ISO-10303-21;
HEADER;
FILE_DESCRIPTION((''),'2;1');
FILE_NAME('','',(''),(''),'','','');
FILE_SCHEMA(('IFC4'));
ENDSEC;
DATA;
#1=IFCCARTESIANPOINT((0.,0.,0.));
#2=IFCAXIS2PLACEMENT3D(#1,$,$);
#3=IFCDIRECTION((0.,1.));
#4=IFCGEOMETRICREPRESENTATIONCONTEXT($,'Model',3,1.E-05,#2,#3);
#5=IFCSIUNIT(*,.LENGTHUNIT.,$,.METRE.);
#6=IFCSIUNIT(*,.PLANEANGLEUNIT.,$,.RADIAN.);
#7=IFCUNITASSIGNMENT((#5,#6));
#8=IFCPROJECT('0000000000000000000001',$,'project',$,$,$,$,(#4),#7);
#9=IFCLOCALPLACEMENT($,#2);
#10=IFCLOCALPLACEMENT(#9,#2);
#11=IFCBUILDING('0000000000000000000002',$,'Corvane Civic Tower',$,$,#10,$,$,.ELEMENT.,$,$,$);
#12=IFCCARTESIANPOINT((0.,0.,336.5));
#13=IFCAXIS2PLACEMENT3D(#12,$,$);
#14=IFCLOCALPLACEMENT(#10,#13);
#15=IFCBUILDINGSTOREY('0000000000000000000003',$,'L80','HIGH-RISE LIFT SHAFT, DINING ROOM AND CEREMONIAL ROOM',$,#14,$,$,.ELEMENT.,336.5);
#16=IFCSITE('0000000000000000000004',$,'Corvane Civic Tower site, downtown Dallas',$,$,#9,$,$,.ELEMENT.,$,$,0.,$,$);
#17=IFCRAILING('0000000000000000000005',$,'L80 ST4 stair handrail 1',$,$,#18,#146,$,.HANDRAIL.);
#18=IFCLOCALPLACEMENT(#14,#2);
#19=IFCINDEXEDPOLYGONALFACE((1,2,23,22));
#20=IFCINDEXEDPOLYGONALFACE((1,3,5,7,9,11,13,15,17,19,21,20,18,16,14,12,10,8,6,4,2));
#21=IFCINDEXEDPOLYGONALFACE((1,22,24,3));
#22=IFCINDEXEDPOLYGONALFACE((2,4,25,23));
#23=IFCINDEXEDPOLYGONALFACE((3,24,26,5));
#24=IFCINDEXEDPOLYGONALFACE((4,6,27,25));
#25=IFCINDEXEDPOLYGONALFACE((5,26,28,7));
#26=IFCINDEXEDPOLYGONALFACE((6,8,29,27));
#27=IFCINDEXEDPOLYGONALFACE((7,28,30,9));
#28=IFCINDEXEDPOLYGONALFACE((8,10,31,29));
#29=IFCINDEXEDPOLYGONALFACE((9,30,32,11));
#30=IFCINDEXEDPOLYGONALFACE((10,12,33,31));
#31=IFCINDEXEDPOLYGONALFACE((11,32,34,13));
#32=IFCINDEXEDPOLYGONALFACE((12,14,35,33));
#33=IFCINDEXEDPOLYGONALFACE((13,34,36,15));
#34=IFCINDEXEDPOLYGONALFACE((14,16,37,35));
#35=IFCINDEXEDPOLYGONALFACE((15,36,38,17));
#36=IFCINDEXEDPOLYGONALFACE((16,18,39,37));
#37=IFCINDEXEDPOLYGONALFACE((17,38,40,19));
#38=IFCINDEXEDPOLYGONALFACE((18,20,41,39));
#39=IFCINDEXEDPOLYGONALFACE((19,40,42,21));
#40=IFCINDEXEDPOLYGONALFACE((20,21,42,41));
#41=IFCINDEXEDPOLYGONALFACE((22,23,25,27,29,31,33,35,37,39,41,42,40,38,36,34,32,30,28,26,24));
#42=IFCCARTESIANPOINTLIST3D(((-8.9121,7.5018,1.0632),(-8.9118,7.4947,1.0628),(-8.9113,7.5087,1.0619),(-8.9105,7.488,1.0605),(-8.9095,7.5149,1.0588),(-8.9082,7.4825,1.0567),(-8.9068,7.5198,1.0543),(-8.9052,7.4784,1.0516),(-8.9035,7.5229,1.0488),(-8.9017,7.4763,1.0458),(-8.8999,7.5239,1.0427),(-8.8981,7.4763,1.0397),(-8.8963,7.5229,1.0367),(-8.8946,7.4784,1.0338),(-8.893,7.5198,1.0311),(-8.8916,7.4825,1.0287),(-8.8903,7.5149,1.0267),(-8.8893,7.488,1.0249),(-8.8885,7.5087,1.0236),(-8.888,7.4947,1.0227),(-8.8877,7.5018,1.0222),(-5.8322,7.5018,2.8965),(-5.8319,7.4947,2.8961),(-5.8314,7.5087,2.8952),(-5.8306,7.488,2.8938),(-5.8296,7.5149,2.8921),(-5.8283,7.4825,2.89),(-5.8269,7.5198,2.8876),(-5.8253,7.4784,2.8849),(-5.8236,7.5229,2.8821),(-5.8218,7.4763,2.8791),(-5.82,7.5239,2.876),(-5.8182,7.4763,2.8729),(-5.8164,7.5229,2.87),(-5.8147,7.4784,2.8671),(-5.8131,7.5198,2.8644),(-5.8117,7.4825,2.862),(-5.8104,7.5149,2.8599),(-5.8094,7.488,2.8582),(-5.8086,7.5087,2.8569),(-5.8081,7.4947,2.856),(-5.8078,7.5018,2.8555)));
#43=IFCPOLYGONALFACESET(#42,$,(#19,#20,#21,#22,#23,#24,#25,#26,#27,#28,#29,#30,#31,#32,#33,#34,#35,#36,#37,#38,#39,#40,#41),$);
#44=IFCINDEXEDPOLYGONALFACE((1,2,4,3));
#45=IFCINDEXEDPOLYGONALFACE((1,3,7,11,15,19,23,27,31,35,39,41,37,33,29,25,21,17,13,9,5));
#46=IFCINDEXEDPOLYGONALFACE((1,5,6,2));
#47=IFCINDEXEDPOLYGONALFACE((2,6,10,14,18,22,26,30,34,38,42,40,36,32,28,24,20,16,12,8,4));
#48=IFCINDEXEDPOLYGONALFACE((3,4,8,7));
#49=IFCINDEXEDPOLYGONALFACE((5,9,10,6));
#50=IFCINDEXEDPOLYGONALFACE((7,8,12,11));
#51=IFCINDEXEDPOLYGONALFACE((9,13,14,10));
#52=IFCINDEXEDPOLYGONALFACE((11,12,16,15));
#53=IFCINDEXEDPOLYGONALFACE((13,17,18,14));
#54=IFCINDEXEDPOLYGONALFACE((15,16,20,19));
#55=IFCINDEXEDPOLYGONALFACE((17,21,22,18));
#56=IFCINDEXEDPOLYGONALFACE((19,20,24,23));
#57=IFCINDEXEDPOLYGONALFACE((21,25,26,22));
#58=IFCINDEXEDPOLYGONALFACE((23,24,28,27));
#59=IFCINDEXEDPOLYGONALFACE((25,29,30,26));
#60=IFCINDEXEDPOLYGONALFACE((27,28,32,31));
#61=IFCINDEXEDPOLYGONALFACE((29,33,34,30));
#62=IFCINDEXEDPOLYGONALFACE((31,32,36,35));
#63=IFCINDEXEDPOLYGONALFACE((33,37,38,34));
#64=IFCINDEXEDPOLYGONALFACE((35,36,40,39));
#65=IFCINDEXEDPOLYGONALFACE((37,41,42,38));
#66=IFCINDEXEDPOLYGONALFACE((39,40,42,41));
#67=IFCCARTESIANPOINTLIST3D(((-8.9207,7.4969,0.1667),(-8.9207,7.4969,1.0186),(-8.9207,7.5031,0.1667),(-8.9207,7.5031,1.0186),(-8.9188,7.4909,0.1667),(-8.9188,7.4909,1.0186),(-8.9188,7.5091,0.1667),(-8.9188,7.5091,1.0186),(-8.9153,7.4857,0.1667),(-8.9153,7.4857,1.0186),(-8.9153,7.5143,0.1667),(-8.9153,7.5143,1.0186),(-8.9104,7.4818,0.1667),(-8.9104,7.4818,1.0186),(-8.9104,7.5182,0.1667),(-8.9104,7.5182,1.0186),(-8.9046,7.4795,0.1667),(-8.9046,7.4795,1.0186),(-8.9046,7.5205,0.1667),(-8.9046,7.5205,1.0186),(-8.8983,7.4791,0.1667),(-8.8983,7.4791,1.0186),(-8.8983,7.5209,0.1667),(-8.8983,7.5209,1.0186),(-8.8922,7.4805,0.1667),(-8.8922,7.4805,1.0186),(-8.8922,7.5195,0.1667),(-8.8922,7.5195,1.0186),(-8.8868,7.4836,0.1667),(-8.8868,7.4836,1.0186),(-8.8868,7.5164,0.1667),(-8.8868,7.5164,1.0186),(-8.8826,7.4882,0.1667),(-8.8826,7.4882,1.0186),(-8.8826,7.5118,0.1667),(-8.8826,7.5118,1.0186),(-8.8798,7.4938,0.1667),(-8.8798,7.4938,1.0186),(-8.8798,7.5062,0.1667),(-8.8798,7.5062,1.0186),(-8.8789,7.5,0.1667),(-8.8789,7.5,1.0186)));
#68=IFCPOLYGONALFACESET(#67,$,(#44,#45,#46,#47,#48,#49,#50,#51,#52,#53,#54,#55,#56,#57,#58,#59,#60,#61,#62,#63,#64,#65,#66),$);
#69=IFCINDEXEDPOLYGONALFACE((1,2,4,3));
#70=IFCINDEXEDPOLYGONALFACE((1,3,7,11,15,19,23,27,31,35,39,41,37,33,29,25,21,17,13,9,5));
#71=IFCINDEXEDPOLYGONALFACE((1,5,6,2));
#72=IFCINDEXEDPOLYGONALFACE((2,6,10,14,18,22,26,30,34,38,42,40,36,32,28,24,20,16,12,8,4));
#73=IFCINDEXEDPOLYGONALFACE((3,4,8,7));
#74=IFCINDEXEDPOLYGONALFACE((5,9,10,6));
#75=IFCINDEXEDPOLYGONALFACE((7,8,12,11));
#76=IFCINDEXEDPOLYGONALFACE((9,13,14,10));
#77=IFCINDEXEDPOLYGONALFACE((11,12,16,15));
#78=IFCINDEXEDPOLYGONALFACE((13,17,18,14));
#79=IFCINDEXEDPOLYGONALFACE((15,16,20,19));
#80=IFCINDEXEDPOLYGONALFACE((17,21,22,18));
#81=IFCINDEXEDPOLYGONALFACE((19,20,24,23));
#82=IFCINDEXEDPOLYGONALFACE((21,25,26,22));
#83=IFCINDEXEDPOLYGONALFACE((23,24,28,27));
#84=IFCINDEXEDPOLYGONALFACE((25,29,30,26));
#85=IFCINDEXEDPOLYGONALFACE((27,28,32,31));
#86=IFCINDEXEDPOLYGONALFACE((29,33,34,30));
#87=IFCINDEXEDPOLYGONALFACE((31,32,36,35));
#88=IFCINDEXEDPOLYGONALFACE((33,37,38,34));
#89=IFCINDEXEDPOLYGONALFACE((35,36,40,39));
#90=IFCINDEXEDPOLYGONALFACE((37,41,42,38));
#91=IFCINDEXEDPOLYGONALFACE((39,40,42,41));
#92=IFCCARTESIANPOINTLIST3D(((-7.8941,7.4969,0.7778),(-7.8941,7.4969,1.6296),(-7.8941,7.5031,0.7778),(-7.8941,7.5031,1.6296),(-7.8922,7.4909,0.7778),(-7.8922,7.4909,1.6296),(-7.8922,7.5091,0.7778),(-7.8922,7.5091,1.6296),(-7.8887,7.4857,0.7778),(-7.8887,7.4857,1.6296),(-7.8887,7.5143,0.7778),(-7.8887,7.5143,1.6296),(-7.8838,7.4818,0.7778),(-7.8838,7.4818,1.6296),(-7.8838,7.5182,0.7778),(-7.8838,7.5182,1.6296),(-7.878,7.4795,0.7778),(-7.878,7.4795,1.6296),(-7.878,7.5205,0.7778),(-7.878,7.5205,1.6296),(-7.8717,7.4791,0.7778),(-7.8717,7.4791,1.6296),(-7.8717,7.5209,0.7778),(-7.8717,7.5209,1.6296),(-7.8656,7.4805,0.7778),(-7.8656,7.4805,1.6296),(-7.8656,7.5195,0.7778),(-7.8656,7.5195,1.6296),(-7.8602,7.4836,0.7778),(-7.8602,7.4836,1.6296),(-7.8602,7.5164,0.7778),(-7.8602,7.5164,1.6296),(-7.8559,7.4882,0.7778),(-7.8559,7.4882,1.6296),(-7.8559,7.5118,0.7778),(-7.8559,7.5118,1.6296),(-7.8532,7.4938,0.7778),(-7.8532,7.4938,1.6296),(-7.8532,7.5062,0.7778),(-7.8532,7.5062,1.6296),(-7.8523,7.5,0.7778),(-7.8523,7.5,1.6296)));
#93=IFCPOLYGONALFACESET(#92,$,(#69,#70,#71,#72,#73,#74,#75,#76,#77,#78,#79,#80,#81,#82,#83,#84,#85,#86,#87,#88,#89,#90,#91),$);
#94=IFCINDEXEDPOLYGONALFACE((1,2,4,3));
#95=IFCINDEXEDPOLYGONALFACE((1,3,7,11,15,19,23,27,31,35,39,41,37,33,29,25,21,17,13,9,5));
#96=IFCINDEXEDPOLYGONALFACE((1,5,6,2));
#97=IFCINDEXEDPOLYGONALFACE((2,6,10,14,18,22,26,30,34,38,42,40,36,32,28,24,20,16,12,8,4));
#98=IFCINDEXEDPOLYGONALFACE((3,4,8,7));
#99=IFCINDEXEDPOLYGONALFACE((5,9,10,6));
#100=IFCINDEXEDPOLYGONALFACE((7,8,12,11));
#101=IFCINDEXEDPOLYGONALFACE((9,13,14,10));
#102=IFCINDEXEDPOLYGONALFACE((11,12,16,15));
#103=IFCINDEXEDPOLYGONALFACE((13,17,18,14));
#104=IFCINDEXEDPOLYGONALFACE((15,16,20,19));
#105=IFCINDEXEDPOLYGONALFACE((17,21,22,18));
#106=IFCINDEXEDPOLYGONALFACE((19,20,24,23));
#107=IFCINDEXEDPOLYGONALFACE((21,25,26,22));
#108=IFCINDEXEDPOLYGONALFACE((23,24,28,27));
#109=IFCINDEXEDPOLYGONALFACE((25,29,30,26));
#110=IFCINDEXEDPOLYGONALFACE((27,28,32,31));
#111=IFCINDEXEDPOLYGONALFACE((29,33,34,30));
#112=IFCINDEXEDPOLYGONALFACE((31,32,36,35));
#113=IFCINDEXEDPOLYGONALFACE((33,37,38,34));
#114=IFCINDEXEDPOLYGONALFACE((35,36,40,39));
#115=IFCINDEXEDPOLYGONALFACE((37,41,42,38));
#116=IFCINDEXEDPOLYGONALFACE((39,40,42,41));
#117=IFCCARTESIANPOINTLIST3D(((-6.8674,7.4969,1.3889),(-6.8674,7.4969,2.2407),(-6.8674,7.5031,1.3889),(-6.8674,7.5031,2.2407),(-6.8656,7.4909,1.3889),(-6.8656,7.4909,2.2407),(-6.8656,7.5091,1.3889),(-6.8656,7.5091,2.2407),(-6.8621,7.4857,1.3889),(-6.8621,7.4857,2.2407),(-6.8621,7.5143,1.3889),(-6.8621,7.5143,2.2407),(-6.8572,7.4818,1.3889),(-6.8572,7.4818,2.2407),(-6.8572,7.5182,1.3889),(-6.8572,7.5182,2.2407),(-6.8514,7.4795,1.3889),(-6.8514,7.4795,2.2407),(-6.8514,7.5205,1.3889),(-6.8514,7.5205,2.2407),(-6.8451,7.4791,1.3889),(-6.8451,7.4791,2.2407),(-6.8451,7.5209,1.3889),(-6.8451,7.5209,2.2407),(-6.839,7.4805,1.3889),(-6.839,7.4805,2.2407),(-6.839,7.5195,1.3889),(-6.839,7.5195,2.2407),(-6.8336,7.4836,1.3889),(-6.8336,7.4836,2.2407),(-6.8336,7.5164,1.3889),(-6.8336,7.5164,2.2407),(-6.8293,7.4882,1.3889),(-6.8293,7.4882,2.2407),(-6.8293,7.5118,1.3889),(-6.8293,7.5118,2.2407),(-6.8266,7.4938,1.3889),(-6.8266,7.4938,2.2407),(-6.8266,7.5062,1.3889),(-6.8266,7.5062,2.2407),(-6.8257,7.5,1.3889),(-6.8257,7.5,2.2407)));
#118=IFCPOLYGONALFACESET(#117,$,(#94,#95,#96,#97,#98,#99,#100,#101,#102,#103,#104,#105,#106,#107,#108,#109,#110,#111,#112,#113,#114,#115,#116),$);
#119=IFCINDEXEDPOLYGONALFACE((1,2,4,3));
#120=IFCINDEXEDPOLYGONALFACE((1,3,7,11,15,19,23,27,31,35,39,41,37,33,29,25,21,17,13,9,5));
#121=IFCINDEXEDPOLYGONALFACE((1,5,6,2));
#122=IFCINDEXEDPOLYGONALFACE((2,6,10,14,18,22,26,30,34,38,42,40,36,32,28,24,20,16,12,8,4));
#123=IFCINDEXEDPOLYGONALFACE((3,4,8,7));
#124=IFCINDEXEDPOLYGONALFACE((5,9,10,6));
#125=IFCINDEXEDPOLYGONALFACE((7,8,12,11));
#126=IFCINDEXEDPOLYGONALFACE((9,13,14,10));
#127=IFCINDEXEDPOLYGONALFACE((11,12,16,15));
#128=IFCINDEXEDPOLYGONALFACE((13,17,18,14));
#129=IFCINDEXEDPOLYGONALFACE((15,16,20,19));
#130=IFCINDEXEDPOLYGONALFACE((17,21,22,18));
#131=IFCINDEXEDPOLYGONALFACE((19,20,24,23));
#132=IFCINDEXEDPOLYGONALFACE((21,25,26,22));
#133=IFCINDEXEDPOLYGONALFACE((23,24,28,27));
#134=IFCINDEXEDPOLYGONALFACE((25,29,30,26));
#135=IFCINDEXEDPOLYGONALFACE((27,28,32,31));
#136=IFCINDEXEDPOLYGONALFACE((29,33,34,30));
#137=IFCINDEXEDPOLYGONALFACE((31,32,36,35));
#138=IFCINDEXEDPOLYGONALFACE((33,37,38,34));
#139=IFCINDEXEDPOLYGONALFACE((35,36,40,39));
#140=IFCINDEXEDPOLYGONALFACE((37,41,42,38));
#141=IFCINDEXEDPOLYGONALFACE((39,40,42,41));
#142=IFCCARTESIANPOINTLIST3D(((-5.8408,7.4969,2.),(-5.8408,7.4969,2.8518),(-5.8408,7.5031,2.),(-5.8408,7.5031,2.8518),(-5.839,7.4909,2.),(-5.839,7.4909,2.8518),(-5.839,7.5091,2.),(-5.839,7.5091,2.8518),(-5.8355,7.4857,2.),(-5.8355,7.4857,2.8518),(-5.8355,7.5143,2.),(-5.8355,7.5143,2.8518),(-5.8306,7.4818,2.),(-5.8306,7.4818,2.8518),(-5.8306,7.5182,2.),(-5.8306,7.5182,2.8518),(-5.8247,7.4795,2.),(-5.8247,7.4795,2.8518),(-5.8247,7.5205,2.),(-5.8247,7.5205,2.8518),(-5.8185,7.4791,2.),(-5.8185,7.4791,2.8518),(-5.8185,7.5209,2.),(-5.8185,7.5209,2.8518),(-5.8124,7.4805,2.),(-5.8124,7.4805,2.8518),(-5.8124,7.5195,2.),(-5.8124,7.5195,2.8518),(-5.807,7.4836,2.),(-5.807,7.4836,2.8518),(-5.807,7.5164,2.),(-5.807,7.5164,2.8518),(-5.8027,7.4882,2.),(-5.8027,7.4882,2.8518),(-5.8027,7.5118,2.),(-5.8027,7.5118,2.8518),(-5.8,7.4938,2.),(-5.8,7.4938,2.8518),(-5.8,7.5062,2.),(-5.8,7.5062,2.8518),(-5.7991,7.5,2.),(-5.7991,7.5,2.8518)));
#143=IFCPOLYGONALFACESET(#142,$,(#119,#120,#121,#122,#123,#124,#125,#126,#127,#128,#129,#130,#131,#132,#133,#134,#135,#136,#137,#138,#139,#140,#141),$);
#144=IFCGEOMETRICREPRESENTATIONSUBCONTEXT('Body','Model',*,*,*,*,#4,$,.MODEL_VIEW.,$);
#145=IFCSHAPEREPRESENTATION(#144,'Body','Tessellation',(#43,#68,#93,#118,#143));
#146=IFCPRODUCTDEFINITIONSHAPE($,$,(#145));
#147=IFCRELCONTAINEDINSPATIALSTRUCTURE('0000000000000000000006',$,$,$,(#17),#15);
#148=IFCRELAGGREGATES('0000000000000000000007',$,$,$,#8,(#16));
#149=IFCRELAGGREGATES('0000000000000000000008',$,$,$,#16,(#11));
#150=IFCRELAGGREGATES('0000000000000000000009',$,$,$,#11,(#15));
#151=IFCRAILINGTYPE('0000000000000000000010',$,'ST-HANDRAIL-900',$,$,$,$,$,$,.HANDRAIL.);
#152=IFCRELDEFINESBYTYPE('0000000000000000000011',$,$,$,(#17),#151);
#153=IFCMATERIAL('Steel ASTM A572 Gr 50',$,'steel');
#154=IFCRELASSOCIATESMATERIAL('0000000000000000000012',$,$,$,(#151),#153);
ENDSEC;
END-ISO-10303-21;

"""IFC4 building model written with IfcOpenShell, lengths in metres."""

from ifc_helpers import new_model, si_unit, direction, frame, origin, origin_2d, place, context, subcontext, project, spatial, circle, extrude, material, type_object, element, save


model = new_model("IFC4")

# Units and contexts
model_context = context("Model", 3, precision=1e-05, world=origin(), true_north=direction((0.0, 1.0)))
body_context = subcontext(model_context, "Body", "Model", "MODEL_VIEW")
ifc_project = project(units=[si_unit("LENGTHUNIT", "METRE"), si_unit("PLANEANGLEUNIT", "RADIAN")], contexts=[model_context])

# Site, building, storey
site_placement = place(None, origin())
site = spatial("IfcSite", under=ifc_project, at=site_placement, Name="Corvane Civic Tower site, downtown Dallas", CompositionType="ELEMENT", RefElevation=0.0)
building_placement = place(site_placement, origin())
building = spatial("IfcBuilding", under=site, at=building_placement, Name="Corvane Civic Tower", CompositionType="ELEMENT")
storey_placement = place(building_placement, frame((0.0, 0.0, 336.5)))
storey = spatial("IfcBuildingStorey", under=building, at=storey_placement, Name="L80", Description="HIGH-RISE LIFT SHAFT, DINING ROOM AND CEREMONIAL ROOM", CompositionType="ELEMENT", Elevation=336.5)

# Railing
ifc_material_1 = material(Name="Steel ASTM A572 Gr 50", Category="steel")
railing_type_1 = type_object("IfcRailingType", Name="ST-HANDRAIL-900", PredefinedType="HANDRAIL", material=ifc_material_1)
railing_1_placement = place(storey_placement, frame((-8.8999, 7.5, 0.1667)))
element("IfcRailing", 1, at=railing_1_placement, inside=storey, type_object=railing_type_1, Name="L80 ST4 stair handrail 1", PredefinedType="HANDRAIL", context=body_context, shape_type="SweptSolid", body=[
    extrude(circle(Radius=0.0239, at=origin_2d()), frame((0.0, 0.0, 0.876), z_axis=(0.859291, 0.0, 0.511487), x_axis=(0.0, 1.0, 0.0)), (0.0, 0.0, 1.0), 3.5842),
    extrude(circle(Radius=0.021, at=origin_2d()), origin(), (0.0, 0.0, 1.0), 0.8518),
    extrude(circle(Radius=0.021, at=origin_2d()), frame((1.0266, 0.0, 0.6111)), (0.0, 0.0, 1.0), 0.8518),
    extrude(circle(Radius=0.021, at=origin_2d()), frame((2.0532, 0.0, 1.2222)), (0.0, 0.0, 1.0), 0.8518),
    extrude(circle(Radius=0.021, at=origin_2d()), frame((3.0798, 0.0, 1.8333)), (0.0, 0.0, 1.0), 0.8518),
])

save(model, "model.ifc")
